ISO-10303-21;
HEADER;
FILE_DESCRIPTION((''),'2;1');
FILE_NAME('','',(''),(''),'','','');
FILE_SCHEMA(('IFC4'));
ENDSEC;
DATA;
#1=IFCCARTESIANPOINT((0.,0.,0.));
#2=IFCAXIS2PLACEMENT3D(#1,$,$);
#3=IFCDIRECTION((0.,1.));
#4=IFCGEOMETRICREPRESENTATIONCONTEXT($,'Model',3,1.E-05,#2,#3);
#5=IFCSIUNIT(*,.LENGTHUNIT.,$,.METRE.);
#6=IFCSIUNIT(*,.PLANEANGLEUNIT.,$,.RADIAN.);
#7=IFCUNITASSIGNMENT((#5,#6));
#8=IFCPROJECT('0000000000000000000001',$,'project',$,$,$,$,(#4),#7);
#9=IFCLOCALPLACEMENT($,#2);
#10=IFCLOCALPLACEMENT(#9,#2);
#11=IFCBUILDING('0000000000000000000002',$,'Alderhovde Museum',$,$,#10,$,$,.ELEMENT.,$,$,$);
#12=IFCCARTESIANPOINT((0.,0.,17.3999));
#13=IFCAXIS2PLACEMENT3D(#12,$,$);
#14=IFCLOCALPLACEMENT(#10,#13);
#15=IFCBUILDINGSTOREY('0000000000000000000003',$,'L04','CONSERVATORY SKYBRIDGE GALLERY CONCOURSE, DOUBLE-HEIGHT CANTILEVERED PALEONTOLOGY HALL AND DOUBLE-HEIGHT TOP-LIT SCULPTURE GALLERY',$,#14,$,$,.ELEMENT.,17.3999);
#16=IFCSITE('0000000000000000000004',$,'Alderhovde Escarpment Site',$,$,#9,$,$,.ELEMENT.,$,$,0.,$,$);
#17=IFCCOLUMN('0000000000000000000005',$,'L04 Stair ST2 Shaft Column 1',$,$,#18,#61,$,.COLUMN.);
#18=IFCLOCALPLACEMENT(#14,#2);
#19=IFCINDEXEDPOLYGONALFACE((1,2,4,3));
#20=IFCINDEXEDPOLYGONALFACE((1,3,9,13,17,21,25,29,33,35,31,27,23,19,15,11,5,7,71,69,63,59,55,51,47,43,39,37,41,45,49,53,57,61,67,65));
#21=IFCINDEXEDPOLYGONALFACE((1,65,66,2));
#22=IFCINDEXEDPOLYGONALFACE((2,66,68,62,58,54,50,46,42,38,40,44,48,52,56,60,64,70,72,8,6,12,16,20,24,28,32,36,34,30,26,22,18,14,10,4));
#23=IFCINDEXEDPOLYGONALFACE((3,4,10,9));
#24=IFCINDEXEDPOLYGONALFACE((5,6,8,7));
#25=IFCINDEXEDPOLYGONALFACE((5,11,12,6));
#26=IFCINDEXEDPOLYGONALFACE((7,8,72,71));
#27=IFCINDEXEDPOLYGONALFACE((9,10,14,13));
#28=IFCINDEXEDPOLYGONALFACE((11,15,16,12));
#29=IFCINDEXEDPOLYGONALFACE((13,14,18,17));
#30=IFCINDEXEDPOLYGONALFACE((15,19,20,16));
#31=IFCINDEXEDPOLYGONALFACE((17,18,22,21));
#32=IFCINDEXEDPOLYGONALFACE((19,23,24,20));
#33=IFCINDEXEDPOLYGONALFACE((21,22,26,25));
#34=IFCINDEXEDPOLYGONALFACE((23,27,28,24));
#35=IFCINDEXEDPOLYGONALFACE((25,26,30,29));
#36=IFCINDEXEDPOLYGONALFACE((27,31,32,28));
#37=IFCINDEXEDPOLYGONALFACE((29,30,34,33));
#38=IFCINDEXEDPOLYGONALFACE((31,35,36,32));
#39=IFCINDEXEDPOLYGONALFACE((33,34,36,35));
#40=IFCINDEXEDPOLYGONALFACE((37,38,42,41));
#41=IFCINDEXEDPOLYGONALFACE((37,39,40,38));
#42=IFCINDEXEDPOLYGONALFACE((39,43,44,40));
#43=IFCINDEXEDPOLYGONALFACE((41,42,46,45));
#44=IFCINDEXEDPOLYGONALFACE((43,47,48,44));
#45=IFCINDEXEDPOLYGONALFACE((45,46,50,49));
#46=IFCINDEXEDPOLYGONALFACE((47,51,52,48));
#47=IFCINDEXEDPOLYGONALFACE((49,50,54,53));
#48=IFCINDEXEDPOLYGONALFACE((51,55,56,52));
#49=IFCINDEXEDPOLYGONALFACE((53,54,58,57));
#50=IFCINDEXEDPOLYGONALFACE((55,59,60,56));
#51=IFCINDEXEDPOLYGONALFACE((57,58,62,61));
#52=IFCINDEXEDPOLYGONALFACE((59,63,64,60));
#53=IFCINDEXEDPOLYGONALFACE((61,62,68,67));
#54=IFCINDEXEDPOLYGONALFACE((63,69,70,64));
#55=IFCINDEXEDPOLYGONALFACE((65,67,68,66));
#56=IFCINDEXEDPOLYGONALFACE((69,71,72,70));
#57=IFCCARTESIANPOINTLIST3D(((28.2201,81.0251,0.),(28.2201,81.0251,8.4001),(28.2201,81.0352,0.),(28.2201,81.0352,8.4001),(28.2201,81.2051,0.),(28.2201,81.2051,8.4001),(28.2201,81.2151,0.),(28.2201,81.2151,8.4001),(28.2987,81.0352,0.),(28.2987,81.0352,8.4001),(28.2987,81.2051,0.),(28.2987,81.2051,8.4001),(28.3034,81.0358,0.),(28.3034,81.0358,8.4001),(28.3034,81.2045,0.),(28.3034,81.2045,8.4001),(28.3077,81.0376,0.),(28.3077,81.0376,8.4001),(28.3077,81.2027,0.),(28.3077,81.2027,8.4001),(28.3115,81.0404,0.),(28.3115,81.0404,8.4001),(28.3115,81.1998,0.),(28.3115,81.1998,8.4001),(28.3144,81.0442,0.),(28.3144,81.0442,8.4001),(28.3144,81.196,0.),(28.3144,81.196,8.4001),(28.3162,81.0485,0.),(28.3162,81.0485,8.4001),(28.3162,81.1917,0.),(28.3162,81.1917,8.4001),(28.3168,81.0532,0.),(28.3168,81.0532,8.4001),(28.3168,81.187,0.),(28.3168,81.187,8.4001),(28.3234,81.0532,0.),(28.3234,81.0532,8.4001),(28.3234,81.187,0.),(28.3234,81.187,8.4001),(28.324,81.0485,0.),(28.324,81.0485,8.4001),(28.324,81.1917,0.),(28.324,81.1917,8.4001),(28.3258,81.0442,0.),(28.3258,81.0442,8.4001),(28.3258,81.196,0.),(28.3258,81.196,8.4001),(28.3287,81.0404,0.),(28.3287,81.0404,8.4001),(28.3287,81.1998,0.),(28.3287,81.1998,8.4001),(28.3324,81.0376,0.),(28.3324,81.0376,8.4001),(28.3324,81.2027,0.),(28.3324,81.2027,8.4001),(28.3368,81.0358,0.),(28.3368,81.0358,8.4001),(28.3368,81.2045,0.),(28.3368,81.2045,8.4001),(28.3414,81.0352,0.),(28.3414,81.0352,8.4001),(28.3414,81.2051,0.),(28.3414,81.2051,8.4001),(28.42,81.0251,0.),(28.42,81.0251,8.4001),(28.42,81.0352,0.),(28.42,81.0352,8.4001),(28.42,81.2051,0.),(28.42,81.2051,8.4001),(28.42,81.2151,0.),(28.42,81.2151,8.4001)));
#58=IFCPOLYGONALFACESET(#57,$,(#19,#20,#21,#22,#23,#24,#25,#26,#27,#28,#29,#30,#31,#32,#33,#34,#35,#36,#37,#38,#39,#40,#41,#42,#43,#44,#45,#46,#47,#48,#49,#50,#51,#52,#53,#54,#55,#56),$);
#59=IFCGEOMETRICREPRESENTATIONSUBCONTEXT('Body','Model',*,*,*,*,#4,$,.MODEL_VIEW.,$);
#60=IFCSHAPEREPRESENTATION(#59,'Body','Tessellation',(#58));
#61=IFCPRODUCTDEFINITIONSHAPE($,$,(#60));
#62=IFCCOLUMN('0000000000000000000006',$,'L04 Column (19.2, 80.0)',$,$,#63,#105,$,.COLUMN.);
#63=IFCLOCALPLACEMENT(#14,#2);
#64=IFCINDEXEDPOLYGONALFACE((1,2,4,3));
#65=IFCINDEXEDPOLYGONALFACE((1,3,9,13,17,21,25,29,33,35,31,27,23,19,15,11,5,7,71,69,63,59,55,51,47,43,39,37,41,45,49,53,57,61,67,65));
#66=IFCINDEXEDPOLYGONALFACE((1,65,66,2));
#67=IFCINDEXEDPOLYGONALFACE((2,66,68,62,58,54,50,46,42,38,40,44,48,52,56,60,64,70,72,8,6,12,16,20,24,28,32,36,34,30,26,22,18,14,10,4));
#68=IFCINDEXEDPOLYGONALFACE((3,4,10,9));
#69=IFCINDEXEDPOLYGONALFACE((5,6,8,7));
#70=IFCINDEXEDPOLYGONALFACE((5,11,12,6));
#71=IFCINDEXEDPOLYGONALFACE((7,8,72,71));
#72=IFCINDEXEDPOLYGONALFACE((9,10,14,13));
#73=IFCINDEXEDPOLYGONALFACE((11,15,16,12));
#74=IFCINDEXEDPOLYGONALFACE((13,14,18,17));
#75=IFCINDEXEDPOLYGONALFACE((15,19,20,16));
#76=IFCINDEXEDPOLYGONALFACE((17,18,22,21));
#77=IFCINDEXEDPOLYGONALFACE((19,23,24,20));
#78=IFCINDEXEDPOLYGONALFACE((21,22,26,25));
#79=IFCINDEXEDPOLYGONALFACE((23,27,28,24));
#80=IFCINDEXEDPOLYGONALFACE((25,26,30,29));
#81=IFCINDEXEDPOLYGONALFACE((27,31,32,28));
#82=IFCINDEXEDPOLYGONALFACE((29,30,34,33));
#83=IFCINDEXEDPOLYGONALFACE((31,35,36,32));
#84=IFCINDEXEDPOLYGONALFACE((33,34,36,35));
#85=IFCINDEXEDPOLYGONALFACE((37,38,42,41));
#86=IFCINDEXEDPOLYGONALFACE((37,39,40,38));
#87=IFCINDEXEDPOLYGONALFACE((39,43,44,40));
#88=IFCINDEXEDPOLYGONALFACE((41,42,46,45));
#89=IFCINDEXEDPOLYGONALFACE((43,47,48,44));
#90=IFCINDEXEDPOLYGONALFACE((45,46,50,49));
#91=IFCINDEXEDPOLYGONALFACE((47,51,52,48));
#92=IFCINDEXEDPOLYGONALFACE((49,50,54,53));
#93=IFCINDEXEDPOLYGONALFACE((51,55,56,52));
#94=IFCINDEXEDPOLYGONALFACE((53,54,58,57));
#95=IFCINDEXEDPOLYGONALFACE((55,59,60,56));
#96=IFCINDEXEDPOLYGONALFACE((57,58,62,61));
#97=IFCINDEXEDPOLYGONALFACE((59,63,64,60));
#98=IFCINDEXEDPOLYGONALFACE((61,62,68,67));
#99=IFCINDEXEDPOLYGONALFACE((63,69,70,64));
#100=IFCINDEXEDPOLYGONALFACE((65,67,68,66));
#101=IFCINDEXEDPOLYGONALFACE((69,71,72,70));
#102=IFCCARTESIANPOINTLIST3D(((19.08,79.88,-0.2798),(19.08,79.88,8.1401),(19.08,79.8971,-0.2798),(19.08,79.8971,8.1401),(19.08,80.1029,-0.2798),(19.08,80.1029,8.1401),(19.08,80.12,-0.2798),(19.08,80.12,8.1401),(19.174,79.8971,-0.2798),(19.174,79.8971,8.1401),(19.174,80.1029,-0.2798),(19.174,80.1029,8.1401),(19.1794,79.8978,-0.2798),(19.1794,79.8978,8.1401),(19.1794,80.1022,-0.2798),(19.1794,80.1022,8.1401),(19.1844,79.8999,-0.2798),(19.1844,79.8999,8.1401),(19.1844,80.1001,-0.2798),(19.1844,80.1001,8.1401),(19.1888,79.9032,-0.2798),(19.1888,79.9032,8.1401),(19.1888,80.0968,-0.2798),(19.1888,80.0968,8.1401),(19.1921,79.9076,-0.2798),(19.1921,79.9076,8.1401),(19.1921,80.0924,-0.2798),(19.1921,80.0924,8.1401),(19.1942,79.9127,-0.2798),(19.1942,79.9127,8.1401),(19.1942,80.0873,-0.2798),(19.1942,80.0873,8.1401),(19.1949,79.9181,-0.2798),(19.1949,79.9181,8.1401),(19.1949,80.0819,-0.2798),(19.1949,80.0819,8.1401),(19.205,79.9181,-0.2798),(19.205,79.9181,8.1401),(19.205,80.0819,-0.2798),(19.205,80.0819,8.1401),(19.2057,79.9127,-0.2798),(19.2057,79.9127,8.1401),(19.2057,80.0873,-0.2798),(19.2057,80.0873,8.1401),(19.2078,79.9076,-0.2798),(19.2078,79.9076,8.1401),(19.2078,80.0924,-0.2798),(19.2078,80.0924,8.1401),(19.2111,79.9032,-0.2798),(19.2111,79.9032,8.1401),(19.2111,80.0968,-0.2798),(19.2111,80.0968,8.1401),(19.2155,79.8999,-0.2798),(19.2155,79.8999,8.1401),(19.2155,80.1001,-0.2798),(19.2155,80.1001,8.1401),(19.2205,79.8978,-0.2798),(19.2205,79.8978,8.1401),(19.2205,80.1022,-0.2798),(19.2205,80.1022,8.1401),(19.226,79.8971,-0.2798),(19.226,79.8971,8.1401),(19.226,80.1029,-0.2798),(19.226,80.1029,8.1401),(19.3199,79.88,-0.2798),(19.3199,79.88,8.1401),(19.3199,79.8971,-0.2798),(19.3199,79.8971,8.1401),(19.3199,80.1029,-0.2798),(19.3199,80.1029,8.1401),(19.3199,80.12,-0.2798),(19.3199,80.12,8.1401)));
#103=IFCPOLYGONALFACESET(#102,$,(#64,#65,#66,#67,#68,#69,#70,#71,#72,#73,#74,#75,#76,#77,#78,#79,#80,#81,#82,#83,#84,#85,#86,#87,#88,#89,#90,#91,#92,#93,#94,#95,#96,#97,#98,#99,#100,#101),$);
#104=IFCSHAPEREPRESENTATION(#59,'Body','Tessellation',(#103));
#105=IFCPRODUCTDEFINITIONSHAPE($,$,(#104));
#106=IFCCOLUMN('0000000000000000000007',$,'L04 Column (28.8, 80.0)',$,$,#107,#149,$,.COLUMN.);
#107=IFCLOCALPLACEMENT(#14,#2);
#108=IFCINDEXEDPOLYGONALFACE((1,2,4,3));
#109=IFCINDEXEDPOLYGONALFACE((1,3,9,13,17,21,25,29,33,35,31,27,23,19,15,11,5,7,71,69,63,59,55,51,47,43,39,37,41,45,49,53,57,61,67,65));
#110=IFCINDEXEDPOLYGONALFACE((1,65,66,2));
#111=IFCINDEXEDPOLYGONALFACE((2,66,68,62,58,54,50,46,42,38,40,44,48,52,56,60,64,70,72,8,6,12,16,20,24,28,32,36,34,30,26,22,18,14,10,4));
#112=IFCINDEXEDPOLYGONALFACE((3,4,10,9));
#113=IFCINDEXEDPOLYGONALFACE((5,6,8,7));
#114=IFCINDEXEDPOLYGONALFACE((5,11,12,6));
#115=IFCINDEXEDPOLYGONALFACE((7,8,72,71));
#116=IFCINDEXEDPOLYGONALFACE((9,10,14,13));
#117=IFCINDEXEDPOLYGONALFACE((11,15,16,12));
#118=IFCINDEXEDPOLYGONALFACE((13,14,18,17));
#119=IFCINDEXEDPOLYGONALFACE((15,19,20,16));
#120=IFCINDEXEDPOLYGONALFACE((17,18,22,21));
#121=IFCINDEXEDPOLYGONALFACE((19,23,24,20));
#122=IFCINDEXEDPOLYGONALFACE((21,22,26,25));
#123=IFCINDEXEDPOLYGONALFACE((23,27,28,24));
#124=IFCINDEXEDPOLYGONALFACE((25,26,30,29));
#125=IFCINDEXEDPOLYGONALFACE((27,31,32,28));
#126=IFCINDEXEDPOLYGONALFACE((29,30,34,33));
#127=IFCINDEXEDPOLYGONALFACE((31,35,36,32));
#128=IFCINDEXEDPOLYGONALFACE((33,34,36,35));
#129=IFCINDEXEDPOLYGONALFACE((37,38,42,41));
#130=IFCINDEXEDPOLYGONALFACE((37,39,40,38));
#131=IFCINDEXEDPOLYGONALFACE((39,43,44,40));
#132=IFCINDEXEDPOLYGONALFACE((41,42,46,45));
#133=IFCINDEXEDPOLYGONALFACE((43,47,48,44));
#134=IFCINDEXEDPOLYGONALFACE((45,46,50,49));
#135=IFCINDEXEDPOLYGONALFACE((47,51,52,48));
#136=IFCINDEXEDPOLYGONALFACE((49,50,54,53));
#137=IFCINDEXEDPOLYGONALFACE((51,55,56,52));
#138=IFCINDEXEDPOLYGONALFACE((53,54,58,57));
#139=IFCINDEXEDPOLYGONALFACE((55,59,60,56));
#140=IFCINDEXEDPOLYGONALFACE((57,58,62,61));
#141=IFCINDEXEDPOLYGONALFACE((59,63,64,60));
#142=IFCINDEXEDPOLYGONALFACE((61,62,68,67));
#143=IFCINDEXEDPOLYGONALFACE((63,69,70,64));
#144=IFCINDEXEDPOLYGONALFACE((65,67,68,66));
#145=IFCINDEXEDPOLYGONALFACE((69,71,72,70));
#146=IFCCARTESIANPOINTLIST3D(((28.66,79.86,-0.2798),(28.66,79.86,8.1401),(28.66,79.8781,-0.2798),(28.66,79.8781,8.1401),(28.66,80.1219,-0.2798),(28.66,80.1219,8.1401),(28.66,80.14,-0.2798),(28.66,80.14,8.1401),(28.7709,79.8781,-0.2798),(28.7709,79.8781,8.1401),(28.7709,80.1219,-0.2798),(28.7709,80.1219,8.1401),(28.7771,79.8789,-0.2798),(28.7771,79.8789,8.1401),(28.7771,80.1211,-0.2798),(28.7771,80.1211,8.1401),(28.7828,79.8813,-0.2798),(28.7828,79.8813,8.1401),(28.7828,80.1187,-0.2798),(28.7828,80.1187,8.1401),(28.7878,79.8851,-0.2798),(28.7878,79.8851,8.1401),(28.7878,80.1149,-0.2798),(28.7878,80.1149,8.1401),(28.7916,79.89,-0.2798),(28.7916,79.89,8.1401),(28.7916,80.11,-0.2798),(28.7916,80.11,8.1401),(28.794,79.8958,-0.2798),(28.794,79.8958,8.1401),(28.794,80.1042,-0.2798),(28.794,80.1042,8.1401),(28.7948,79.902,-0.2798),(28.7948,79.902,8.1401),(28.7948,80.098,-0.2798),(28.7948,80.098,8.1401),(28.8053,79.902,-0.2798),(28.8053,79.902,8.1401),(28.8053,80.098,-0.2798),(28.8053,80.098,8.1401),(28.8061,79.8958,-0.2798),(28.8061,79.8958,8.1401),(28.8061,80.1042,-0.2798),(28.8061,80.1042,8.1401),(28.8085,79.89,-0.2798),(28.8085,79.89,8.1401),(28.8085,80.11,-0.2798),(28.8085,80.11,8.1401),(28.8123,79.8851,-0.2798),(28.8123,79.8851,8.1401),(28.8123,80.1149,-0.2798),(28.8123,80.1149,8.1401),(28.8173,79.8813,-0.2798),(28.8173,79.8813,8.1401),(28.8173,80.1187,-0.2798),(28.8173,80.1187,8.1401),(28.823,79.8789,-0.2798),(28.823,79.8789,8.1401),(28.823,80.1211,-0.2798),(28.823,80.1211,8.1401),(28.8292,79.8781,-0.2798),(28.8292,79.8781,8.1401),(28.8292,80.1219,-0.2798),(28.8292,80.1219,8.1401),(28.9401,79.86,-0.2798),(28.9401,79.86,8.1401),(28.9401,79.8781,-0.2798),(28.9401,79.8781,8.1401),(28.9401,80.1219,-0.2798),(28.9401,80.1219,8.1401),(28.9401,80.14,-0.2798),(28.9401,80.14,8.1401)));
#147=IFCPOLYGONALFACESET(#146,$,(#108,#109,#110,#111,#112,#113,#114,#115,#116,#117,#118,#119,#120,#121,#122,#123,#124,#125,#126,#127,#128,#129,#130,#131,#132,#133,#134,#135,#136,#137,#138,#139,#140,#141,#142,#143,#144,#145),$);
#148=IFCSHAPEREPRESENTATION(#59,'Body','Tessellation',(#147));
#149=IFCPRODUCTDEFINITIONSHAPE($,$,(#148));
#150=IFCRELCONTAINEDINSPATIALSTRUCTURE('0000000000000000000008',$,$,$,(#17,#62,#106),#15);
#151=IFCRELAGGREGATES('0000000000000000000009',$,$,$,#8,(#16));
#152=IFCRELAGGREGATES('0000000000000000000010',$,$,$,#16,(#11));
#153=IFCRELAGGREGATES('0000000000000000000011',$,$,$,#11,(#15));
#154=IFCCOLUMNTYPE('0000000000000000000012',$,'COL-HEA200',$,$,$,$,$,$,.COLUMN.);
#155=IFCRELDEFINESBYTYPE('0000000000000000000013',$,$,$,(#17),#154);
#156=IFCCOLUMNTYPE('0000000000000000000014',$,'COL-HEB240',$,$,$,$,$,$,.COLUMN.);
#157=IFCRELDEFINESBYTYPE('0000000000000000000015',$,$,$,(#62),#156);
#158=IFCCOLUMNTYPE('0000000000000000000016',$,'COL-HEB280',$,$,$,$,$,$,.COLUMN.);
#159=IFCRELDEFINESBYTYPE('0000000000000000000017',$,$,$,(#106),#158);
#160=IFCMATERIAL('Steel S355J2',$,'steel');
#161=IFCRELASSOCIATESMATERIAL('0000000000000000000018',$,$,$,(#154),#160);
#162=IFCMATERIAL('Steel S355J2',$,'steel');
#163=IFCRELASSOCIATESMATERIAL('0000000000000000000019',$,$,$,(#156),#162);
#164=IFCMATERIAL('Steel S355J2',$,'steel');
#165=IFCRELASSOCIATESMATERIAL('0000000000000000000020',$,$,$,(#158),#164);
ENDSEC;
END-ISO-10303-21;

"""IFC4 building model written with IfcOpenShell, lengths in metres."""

from ifc_helpers import new_model, si_unit, direction, frame, origin, origin_2d, place, context, subcontext, project, spatial, i_section, extrude, material, material_profile, profile_set, type_object, element, save


model = new_model("IFC4")

# Units and contexts
model_context = context("Model", 3, precision=1e-05, world=origin(), true_north=direction((0.0, 1.0)))
body_context = subcontext(model_context, "Body", "Model", "MODEL_VIEW")
ifc_project = project(units=[si_unit("LENGTHUNIT", "METRE"), si_unit("PLANEANGLEUNIT", "RADIAN")], contexts=[model_context])

# Site, building, storey
site_placement = place(None, origin())
site = spatial("IfcSite", under=ifc_project, at=site_placement, Name="Alderhovde Escarpment Site", CompositionType="ELEMENT", RefElevation=0.0)
building_placement = place(site_placement, origin())
building = spatial("IfcBuilding", under=site, at=building_placement, Name="Alderhovde Museum", CompositionType="ELEMENT")
storey_placement = place(building_placement, frame((0.0, 0.0, 17.3999)))
storey = spatial("IfcBuildingStorey", under=building, at=storey_placement, Name="L04", Description="CONSERVATORY SKYBRIDGE GALLERY CONCOURSE, DOUBLE-HEIGHT CANTILEVERED PALEONTOLOGY HALL AND DOUBLE-HEIGHT TOP-LIT SCULPTURE GALLERY", CompositionType="ELEMENT", Elevation=17.3999)

# Columns
ifc_material_1 = material(Name="Steel S355J2", Category="steel")
ifc_material_profile_1 = material_profile(ifc_material_1, i_section(OverallWidth=0.2, OverallDepth=0.1899, WebThickness=0.0066, FlangeThickness=0.01, FilletRadius=0.0181, at=origin_2d()), Name="HEA 200")
ifc_profile_set_1 = profile_set([ifc_material_profile_1], Name="Steel S355J2")
column_type_1 = type_object("IfcColumnType", Name="COL-HEA200", PredefinedType="COLUMN", material=ifc_profile_set_1)
column_1_placement = place(storey_placement, frame((28.3201, 81.1201, 0.0), z_axis=(0.0, 0.0, 1.0), x_axis=(1.0, 0.0, 0.0)))
element("IfcColumn", 1, at=column_1_placement, inside=storey, type_object=column_type_1, Name="L04 Stair ST2 Shaft Column 1", PredefinedType="COLUMN", context=body_context, shape_type="SweptSolid", body=[
    extrude(i_section(OverallWidth=0.2, OverallDepth=0.1899, WebThickness=0.0066, FlangeThickness=0.01, FilletRadius=0.0181, at=origin_2d()), origin(), (0.0, 0.0, 1.0), 8.4001),
])
ifc_material_2 = material(Name="Steel S355J2", Category="steel")
ifc_material_profile_2 = material_profile(ifc_material_2, i_section(OverallWidth=0.24, OverallDepth=0.24, WebThickness=0.01, FlangeThickness=0.0171, FilletRadius=0.021, at=origin_2d()), Name="HEB 240")
ifc_profile_set_2 = profile_set([ifc_material_profile_2], Name="Steel S355J2")
column_type_2 = type_object("IfcColumnType", Name="COL-HEB240", PredefinedType="COLUMN", material=ifc_profile_set_2)
column_2_placement = place(storey_placement, frame((19.2, 80.0, -0.2798), z_axis=(0.0, 0.0, 1.0), x_axis=(1.0, 0.0, 0.0)))
element("IfcColumn", 2, at=column_2_placement, inside=storey, type_object=column_type_2, Name="L04 Column (19.2, 80.0)", PredefinedType="COLUMN", context=body_context, shape_type="SweptSolid", body=[
    extrude(i_section(OverallWidth=0.24, OverallDepth=0.24, WebThickness=0.01, FlangeThickness=0.0171, FilletRadius=0.021, at=origin_2d()), origin(), (0.0, 0.0, 1.0), 8.4199),
])
ifc_material_3 = material(Name="Steel S355J2", Category="steel")
ifc_material_profile_3 = material_profile(ifc_material_3, i_section(OverallWidth=0.28, OverallDepth=0.28, WebThickness=0.0105, FlangeThickness=0.0181, FilletRadius=0.0239, at=origin_2d()), Name="HEB 280")
ifc_profile_set_3 = profile_set([ifc_material_profile_3], Name="Steel S355J2")
column_type_3 = type_object("IfcColumnType", Name="COL-HEB280", PredefinedType="COLUMN", material=ifc_profile_set_3)
column_3_placement = place(storey_placement, frame((28.8, 80.0, -0.2798), z_axis=(0.0, 0.0, 1.0), x_axis=(1.0, 0.0, 0.0)))
element("IfcColumn", 3, at=column_3_placement, inside=storey, type_object=column_type_3, Name="L04 Column (28.8, 80.0)", PredefinedType="COLUMN", context=body_context, shape_type="SweptSolid", body=[
    extrude(i_section(OverallWidth=0.28, OverallDepth=0.28, WebThickness=0.0105, FlangeThickness=0.0181, FilletRadius=0.0239, at=origin_2d()), origin(), (0.0, 0.0, 1.0), 8.4199),
])

save(model, "model.ifc")
